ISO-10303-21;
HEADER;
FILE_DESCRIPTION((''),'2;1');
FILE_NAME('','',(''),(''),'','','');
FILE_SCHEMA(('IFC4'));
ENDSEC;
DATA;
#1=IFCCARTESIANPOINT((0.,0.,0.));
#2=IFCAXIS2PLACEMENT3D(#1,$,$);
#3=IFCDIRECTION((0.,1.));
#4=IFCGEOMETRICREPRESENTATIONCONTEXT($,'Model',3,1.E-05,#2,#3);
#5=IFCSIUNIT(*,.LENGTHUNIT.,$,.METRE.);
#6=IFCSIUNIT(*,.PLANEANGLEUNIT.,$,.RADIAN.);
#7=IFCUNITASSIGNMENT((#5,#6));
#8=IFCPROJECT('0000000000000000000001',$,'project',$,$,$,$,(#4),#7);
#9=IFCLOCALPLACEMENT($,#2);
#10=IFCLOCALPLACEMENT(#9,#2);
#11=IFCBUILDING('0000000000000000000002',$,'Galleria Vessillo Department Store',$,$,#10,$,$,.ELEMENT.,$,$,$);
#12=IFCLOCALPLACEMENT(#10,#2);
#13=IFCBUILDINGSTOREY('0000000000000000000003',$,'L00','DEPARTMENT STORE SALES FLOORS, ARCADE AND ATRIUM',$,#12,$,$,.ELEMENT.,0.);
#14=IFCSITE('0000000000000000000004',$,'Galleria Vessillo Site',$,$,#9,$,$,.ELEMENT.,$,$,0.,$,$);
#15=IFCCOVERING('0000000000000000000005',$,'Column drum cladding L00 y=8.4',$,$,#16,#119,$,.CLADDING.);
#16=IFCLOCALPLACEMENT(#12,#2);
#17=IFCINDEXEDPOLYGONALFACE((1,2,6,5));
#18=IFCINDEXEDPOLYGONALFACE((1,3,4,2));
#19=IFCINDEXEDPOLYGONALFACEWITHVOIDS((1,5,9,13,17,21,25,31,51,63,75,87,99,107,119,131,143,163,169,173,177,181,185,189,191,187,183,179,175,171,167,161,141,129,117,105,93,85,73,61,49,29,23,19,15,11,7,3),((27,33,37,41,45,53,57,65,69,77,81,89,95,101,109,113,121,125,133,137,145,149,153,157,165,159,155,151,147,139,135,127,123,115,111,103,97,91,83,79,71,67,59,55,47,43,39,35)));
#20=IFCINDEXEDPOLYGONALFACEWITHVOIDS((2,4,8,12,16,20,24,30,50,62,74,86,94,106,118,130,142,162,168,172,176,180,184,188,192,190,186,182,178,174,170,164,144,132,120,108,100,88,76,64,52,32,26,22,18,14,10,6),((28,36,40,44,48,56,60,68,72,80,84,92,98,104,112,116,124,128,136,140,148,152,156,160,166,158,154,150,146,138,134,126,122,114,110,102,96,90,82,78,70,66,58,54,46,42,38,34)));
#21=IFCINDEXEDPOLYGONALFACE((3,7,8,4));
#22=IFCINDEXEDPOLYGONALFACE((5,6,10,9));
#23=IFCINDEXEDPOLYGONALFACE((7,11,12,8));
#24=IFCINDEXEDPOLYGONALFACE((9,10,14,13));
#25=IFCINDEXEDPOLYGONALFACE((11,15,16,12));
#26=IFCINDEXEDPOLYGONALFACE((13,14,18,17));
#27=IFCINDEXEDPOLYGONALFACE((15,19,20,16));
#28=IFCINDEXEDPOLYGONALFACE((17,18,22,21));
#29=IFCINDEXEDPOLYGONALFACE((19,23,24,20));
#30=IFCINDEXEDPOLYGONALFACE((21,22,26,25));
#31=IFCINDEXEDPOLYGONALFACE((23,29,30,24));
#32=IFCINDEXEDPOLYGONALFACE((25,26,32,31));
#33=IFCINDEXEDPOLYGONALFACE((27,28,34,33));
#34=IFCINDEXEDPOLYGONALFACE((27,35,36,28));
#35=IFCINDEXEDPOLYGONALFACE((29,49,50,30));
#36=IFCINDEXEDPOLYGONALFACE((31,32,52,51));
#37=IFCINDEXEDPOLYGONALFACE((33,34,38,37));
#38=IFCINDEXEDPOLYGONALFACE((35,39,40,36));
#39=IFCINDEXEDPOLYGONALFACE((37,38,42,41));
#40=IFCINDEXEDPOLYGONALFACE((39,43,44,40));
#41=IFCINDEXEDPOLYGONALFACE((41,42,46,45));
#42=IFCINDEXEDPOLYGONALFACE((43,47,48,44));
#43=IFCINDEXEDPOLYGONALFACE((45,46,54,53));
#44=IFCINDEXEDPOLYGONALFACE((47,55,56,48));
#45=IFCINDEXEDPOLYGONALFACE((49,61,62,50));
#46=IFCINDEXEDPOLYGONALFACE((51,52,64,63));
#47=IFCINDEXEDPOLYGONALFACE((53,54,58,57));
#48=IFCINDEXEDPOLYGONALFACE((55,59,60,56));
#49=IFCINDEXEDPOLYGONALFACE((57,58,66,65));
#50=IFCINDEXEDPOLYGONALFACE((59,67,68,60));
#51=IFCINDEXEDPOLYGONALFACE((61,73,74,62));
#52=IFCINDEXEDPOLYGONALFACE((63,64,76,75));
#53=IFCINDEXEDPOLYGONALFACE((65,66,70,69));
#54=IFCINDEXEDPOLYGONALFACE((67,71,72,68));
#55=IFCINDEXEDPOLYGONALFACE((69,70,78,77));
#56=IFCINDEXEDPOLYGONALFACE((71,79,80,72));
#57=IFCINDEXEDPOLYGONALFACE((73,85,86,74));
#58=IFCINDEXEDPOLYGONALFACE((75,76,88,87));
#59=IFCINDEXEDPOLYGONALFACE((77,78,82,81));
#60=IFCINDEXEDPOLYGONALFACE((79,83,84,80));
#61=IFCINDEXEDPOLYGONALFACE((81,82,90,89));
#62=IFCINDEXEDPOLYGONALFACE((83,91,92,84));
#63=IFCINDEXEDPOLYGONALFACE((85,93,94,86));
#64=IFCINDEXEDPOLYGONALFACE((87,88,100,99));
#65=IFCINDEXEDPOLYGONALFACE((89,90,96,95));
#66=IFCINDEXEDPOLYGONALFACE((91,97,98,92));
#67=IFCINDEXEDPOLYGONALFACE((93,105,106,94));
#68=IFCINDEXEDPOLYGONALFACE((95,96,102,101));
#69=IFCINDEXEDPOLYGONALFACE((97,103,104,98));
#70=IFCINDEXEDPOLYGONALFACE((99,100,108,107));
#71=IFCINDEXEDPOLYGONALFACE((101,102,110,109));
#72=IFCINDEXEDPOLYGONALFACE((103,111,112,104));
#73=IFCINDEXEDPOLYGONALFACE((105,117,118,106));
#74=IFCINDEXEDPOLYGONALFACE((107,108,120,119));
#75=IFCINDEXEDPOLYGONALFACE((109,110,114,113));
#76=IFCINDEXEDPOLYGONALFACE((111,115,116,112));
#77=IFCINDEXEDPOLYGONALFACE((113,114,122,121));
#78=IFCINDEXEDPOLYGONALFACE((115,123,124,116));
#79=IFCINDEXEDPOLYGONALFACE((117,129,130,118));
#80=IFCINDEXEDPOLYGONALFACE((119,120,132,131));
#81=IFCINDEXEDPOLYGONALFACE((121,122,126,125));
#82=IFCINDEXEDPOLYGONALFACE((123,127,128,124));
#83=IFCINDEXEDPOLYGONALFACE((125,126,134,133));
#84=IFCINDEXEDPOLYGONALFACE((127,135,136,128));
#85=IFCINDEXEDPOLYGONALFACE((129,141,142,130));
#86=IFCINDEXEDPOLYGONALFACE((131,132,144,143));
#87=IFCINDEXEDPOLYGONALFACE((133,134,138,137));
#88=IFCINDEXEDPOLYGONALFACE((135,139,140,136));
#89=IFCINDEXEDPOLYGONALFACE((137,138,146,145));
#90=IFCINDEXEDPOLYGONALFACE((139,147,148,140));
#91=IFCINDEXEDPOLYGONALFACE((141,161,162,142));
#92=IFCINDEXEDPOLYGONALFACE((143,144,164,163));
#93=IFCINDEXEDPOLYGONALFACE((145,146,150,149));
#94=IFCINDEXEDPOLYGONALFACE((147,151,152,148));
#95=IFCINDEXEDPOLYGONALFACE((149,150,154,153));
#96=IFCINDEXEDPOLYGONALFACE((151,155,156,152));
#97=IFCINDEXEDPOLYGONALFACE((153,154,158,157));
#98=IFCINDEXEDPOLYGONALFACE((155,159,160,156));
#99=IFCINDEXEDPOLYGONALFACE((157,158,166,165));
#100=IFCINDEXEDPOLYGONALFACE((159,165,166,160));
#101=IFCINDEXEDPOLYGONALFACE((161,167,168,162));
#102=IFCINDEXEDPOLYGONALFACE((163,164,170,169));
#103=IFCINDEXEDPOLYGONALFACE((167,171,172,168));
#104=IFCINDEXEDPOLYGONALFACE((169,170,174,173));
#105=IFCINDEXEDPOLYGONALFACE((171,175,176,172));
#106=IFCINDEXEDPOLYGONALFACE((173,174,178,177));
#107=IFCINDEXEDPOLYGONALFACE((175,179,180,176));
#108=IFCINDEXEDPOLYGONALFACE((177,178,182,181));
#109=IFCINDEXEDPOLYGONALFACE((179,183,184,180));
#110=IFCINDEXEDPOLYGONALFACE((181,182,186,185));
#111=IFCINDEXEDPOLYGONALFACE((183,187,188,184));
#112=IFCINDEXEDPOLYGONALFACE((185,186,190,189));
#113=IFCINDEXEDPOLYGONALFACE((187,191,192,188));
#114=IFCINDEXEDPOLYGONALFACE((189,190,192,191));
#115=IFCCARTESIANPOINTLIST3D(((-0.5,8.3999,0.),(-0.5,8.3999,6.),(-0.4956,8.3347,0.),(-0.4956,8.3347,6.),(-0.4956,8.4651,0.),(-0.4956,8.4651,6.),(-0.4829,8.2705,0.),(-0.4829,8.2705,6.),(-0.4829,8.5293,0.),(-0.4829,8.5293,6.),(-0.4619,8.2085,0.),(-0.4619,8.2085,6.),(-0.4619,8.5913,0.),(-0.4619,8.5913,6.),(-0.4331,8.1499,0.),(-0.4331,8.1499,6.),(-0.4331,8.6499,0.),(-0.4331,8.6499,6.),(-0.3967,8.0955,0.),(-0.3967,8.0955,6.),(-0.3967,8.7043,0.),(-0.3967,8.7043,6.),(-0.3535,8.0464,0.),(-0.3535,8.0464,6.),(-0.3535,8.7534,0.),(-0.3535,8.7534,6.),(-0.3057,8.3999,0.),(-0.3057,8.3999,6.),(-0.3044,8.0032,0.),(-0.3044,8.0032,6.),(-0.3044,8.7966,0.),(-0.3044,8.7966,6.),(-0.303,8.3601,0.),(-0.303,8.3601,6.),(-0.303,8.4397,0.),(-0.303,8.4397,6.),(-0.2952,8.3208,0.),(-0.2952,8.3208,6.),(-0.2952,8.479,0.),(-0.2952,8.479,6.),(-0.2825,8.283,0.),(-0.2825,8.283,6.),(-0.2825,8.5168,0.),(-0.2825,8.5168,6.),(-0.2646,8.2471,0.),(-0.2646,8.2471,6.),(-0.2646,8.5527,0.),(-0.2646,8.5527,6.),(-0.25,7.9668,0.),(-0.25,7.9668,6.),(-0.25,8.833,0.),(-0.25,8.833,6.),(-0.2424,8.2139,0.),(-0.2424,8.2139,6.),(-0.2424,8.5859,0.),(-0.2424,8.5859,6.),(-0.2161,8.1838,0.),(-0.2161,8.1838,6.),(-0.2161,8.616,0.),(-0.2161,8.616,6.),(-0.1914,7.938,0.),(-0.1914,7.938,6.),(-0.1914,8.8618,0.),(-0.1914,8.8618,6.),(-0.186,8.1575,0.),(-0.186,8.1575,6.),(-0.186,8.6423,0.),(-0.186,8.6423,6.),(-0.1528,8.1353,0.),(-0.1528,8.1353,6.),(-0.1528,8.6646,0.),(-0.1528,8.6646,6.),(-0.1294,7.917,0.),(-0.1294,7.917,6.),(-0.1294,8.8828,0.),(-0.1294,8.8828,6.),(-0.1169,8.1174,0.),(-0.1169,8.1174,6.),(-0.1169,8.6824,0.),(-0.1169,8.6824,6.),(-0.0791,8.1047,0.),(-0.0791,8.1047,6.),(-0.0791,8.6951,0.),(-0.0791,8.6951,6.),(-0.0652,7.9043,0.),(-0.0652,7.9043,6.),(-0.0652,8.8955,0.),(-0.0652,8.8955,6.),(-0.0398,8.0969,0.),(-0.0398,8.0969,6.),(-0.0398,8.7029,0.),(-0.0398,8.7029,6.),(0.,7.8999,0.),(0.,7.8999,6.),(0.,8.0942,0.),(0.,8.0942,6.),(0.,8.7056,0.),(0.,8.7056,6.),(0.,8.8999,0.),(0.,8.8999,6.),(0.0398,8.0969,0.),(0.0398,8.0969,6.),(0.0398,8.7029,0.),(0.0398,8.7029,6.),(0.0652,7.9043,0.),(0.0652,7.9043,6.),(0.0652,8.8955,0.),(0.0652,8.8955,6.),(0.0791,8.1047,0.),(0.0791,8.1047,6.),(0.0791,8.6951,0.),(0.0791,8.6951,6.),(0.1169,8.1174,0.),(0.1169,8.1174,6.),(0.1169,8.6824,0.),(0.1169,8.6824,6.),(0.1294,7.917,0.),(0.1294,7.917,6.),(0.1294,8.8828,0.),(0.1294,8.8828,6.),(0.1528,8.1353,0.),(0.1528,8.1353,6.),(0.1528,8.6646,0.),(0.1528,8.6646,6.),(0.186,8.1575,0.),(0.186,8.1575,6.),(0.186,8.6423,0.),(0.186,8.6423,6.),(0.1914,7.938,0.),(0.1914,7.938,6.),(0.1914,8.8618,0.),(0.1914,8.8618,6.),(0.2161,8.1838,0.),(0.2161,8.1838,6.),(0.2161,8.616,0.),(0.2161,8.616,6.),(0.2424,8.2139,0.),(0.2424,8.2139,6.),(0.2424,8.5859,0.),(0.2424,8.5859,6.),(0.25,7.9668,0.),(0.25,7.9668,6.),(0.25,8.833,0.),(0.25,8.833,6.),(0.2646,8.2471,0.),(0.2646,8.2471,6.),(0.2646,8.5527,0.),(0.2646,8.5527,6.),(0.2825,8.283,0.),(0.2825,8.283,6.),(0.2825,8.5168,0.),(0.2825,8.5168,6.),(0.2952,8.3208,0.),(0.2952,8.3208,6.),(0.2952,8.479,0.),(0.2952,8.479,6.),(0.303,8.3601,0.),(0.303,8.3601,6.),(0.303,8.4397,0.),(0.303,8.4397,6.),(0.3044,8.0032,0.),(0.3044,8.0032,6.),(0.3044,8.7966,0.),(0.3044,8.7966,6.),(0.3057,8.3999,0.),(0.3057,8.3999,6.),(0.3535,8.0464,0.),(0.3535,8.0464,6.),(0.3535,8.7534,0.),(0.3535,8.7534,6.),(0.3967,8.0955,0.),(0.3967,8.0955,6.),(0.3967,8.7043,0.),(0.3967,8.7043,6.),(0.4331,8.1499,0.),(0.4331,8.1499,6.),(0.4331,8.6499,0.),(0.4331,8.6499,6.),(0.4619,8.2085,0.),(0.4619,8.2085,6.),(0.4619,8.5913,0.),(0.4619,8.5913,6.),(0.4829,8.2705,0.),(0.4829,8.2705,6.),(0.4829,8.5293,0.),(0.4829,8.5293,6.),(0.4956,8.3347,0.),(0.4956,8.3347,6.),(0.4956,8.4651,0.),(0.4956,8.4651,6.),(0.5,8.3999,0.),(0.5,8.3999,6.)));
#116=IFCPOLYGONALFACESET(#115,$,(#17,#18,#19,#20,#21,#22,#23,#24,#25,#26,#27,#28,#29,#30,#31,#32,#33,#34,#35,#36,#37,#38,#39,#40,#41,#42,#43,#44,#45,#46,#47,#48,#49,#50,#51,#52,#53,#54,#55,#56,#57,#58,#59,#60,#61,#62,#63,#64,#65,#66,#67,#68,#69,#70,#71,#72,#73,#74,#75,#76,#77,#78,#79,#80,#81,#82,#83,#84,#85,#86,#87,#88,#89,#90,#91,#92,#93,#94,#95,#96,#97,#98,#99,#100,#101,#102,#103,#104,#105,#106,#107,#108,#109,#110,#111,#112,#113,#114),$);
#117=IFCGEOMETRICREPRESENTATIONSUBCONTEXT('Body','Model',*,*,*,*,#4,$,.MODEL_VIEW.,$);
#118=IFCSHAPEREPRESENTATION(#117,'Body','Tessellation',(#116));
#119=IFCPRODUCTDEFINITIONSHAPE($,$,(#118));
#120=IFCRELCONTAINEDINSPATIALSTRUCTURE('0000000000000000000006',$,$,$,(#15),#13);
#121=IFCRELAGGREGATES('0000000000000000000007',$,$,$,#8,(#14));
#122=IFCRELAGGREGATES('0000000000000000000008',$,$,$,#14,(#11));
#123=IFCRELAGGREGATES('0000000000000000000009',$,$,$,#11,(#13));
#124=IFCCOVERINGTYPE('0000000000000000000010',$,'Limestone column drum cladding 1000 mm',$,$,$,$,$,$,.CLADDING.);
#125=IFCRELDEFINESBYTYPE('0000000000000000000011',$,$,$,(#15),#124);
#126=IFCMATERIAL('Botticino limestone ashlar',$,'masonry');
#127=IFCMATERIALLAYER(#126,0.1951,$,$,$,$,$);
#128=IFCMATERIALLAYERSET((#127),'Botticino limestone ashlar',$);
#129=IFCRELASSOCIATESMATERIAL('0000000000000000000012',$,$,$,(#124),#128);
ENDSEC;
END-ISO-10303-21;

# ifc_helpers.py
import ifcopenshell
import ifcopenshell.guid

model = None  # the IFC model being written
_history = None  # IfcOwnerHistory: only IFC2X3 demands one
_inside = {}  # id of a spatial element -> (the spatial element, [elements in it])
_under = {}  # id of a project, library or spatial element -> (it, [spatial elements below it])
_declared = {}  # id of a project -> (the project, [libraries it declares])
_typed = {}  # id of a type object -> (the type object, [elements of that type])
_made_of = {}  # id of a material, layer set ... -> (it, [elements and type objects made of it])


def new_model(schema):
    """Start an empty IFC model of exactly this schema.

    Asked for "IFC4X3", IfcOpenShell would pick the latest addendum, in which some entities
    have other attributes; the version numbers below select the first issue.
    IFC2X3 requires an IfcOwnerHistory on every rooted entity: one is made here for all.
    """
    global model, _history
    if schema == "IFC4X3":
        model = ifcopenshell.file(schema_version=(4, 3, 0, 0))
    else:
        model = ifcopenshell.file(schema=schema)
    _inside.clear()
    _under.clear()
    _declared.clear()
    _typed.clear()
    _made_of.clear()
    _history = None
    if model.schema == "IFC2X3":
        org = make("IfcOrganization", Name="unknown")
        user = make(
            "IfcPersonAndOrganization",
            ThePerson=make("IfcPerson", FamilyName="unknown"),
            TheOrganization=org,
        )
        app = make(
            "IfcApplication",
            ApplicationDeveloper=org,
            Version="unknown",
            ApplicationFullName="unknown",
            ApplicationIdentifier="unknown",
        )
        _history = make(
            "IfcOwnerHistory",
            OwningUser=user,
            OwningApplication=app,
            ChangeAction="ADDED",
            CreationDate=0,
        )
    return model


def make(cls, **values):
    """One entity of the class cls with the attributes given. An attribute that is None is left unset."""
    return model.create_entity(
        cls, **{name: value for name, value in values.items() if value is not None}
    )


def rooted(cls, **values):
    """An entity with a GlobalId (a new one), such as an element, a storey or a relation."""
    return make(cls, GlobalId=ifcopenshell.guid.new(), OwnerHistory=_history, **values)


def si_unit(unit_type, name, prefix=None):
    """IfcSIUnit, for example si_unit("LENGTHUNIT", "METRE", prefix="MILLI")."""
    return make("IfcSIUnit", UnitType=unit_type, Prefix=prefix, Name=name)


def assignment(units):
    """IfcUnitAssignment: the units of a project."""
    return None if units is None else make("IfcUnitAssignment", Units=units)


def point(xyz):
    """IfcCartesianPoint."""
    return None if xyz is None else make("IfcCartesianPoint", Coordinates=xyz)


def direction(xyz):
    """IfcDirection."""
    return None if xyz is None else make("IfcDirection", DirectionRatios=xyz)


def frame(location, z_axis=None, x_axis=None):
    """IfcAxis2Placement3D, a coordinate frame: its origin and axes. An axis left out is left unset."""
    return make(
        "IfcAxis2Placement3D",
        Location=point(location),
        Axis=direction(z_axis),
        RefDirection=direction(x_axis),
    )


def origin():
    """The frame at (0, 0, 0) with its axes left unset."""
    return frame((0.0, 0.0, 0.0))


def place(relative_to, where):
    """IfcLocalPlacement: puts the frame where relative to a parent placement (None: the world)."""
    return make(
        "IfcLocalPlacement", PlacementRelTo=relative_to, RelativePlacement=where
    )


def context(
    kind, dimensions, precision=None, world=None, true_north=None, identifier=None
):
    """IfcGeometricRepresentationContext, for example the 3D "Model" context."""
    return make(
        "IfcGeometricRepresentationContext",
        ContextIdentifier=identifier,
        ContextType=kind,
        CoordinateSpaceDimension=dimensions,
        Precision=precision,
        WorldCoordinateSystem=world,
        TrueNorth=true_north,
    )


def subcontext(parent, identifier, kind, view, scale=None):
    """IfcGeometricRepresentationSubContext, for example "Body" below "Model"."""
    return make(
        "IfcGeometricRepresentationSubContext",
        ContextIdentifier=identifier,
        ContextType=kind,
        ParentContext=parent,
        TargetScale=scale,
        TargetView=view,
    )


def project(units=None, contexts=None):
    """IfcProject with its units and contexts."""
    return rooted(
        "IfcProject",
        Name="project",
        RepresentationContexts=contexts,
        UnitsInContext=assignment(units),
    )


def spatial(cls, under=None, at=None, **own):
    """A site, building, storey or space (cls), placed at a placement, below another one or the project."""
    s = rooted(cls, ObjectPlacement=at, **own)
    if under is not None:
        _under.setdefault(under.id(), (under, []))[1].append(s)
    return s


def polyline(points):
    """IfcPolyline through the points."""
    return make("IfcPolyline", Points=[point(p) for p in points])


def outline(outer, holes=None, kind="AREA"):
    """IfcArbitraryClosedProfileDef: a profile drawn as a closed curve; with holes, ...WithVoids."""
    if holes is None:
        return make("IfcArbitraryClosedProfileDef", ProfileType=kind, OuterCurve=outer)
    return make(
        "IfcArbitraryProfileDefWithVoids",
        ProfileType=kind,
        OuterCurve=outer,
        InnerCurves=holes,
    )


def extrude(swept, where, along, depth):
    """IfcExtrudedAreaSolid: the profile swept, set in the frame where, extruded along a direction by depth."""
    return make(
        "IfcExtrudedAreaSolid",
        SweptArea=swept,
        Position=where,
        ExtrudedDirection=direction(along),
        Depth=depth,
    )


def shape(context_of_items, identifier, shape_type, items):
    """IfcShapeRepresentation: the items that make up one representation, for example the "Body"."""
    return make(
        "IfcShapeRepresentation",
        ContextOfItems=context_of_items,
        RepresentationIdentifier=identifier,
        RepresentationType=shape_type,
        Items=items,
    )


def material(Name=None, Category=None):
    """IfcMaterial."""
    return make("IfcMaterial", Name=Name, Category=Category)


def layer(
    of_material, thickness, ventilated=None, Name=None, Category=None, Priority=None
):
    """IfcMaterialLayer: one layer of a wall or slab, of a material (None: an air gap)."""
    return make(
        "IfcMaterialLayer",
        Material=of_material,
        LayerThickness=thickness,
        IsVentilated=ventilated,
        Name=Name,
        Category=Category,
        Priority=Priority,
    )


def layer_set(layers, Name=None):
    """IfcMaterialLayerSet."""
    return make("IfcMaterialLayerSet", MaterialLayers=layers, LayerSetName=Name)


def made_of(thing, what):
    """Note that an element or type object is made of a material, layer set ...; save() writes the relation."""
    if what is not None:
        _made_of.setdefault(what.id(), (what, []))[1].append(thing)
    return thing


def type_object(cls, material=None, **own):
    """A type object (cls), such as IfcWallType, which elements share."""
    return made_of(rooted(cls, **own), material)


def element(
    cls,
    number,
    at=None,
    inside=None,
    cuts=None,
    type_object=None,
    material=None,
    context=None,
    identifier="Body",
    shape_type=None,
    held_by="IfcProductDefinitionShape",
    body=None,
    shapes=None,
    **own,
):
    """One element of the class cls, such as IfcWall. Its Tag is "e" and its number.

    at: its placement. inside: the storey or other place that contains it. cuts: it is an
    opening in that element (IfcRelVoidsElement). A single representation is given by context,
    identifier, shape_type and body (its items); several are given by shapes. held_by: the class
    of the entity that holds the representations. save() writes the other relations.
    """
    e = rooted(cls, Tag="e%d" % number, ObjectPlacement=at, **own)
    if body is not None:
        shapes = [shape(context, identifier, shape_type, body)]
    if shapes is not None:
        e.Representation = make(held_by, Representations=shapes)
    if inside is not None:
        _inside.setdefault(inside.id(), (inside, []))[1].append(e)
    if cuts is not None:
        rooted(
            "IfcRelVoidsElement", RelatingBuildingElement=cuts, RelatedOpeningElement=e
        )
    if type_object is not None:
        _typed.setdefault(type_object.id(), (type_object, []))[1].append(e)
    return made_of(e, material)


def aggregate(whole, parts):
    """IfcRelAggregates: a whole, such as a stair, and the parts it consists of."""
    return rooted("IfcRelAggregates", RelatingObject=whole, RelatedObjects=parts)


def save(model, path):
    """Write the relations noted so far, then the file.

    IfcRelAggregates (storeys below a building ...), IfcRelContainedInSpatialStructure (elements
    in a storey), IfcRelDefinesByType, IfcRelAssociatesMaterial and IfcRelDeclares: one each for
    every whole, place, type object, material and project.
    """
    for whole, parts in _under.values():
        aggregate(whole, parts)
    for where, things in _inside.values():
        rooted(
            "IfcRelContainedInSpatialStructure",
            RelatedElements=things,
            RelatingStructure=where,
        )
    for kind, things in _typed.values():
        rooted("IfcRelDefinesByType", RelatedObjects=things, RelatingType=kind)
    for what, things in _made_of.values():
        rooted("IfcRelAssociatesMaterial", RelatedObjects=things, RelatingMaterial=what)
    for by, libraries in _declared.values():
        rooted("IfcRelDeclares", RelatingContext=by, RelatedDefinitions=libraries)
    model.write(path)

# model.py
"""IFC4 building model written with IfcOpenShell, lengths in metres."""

from ifc_helpers import new_model, si_unit, direction, origin, place, context, subcontext, project, spatial, polyline, outline, extrude, material, layer, layer_set, type_object, element, save


model = new_model("IFC4")

# Units and contexts
model_context = context("Model", 3, precision=1e-05, world=origin(), true_north=direction((0.0, 1.0)))
body_context = subcontext(model_context, "Body", "Model", "MODEL_VIEW")
ifc_project = project(units=[si_unit("LENGTHUNIT", "METRE"), si_unit("PLANEANGLEUNIT", "RADIAN")], contexts=[model_context])

# Site, building, storey
site_placement = place(None, origin())
site = spatial("IfcSite", under=ifc_project, at=site_placement, Name="Galleria Vessillo Site", CompositionType="ELEMENT", RefElevation=0.0)
building_placement = place(site_placement, origin())
building = spatial("IfcBuilding", under=site, at=building_placement, Name="Galleria Vessillo Department Store", CompositionType="ELEMENT")
storey_placement = place(building_placement, origin())
storey = spatial("IfcBuildingStorey", under=building, at=storey_placement, Name="L00", Description="DEPARTMENT STORE SALES FLOORS, ARCADE AND ATRIUM", CompositionType="ELEMENT", Elevation=0.0)

# Covering
ifc_material_1 = material(Name="Botticino limestone ashlar", Category="masonry")
ifc_layer_1 = layer(ifc_material_1, 0.1951)
ifc_layer_set_1 = layer_set([ifc_layer_1], Name="Botticino limestone ashlar")
covering_type = type_object("IfcCoveringType", Name="Limestone column drum cladding 1000 mm", PredefinedType="CLADDING", material=ifc_layer_set_1)
covering_1_placement = place(storey_placement, origin())
element("IfcCovering", 1, at=covering_1_placement, inside=storey, type_object=covering_type, Name="Column drum cladding L00 y=8.4", PredefinedType="CLADDING", context=body_context, shape_type="SweptSolid", body=[
    extrude(outline(polyline([(0.5, 8.3999), (0.4956, 8.4651), (0.4829, 8.5293), (0.4619, 8.5913), (0.4331, 8.6499), (0.3967, 8.7043), (0.3535, 8.7534), (0.3044, 8.7966), (0.25, 8.833), (0.1914, 8.8618), (0.1294, 8.8828), (0.0652, 8.8955), (0.0, 8.8999), (-0.0652, 8.8955), (-0.1294, 8.8828), (-0.1914, 8.8618), (-0.25, 8.833), (-0.3044, 8.7966), (-0.3535, 8.7534), (-0.3967, 8.7043), (-0.4331, 8.6499), (-0.4619, 8.5913), (-0.4829, 8.5293), (-0.4956, 8.4651), (-0.5, 8.3999), (-0.4956, 8.3347), (-0.4829, 8.2705), (-0.4619, 8.2085), (-0.4331, 8.1499), (-0.3967, 8.0955), (-0.3535, 8.0464), (-0.3044, 8.0032), (-0.25, 7.9668), (-0.1914, 7.938), (-0.1294, 7.917), (-0.0652, 7.9043), (0.0, 7.8999), (0.0652, 7.9043), (0.1294, 7.917), (0.1914, 7.938), (0.25, 7.9668), (0.3044, 8.0032), (0.3535, 8.0464), (0.3967, 8.0955), (0.4331, 8.1499), (0.4619, 8.2085), (0.4829, 8.2705), (0.4956, 8.3347), (0.5, 8.3999)]), holes=[polyline([(0.3057, 8.3999), (0.303, 8.4397), (0.2952, 8.479), (0.2825, 8.5168), (0.2646, 8.5527), (0.2424, 8.5859), (0.2161, 8.616), (0.186, 8.6423), (0.1528, 8.6646), (0.1169, 8.6824), (0.0791, 8.6951), (0.0398, 8.7029), (0.0, 8.7056), (-0.0398, 8.7029), (-0.0791, 8.6951), (-0.1169, 8.6824), (-0.1528, 8.6646), (-0.186, 8.6423), (-0.2161, 8.616), (-0.2424, 8.5859), (-0.2646, 8.5527), (-0.2825, 8.5168), (-0.2952, 8.479), (-0.303, 8.4397), (-0.3057, 8.3999), (-0.303, 8.3601), (-0.2952, 8.3208), (-0.2825, 8.283), (-0.2646, 8.2471), (-0.2424, 8.2139), (-0.2161, 8.1838), (-0.186, 8.1575), (-0.1528, 8.1353), (-0.1169, 8.1174), (-0.0791, 8.1047), (-0.0398, 8.0969), (0.0, 8.0942), (0.0398, 8.0969), (0.0791, 8.1047), (0.1169, 8.1174), (0.1528, 8.1353), (0.186, 8.1575), (0.2161, 8.1838), (0.2424, 8.2139), (0.2646, 8.2471), (0.2825, 8.283), (0.2952, 8.3208), (0.303, 8.3601), (0.3057, 8.3999)])]), origin(), (0.0, 0.0, 1.0), 6.0),
])

save(model, "model.ifc")
